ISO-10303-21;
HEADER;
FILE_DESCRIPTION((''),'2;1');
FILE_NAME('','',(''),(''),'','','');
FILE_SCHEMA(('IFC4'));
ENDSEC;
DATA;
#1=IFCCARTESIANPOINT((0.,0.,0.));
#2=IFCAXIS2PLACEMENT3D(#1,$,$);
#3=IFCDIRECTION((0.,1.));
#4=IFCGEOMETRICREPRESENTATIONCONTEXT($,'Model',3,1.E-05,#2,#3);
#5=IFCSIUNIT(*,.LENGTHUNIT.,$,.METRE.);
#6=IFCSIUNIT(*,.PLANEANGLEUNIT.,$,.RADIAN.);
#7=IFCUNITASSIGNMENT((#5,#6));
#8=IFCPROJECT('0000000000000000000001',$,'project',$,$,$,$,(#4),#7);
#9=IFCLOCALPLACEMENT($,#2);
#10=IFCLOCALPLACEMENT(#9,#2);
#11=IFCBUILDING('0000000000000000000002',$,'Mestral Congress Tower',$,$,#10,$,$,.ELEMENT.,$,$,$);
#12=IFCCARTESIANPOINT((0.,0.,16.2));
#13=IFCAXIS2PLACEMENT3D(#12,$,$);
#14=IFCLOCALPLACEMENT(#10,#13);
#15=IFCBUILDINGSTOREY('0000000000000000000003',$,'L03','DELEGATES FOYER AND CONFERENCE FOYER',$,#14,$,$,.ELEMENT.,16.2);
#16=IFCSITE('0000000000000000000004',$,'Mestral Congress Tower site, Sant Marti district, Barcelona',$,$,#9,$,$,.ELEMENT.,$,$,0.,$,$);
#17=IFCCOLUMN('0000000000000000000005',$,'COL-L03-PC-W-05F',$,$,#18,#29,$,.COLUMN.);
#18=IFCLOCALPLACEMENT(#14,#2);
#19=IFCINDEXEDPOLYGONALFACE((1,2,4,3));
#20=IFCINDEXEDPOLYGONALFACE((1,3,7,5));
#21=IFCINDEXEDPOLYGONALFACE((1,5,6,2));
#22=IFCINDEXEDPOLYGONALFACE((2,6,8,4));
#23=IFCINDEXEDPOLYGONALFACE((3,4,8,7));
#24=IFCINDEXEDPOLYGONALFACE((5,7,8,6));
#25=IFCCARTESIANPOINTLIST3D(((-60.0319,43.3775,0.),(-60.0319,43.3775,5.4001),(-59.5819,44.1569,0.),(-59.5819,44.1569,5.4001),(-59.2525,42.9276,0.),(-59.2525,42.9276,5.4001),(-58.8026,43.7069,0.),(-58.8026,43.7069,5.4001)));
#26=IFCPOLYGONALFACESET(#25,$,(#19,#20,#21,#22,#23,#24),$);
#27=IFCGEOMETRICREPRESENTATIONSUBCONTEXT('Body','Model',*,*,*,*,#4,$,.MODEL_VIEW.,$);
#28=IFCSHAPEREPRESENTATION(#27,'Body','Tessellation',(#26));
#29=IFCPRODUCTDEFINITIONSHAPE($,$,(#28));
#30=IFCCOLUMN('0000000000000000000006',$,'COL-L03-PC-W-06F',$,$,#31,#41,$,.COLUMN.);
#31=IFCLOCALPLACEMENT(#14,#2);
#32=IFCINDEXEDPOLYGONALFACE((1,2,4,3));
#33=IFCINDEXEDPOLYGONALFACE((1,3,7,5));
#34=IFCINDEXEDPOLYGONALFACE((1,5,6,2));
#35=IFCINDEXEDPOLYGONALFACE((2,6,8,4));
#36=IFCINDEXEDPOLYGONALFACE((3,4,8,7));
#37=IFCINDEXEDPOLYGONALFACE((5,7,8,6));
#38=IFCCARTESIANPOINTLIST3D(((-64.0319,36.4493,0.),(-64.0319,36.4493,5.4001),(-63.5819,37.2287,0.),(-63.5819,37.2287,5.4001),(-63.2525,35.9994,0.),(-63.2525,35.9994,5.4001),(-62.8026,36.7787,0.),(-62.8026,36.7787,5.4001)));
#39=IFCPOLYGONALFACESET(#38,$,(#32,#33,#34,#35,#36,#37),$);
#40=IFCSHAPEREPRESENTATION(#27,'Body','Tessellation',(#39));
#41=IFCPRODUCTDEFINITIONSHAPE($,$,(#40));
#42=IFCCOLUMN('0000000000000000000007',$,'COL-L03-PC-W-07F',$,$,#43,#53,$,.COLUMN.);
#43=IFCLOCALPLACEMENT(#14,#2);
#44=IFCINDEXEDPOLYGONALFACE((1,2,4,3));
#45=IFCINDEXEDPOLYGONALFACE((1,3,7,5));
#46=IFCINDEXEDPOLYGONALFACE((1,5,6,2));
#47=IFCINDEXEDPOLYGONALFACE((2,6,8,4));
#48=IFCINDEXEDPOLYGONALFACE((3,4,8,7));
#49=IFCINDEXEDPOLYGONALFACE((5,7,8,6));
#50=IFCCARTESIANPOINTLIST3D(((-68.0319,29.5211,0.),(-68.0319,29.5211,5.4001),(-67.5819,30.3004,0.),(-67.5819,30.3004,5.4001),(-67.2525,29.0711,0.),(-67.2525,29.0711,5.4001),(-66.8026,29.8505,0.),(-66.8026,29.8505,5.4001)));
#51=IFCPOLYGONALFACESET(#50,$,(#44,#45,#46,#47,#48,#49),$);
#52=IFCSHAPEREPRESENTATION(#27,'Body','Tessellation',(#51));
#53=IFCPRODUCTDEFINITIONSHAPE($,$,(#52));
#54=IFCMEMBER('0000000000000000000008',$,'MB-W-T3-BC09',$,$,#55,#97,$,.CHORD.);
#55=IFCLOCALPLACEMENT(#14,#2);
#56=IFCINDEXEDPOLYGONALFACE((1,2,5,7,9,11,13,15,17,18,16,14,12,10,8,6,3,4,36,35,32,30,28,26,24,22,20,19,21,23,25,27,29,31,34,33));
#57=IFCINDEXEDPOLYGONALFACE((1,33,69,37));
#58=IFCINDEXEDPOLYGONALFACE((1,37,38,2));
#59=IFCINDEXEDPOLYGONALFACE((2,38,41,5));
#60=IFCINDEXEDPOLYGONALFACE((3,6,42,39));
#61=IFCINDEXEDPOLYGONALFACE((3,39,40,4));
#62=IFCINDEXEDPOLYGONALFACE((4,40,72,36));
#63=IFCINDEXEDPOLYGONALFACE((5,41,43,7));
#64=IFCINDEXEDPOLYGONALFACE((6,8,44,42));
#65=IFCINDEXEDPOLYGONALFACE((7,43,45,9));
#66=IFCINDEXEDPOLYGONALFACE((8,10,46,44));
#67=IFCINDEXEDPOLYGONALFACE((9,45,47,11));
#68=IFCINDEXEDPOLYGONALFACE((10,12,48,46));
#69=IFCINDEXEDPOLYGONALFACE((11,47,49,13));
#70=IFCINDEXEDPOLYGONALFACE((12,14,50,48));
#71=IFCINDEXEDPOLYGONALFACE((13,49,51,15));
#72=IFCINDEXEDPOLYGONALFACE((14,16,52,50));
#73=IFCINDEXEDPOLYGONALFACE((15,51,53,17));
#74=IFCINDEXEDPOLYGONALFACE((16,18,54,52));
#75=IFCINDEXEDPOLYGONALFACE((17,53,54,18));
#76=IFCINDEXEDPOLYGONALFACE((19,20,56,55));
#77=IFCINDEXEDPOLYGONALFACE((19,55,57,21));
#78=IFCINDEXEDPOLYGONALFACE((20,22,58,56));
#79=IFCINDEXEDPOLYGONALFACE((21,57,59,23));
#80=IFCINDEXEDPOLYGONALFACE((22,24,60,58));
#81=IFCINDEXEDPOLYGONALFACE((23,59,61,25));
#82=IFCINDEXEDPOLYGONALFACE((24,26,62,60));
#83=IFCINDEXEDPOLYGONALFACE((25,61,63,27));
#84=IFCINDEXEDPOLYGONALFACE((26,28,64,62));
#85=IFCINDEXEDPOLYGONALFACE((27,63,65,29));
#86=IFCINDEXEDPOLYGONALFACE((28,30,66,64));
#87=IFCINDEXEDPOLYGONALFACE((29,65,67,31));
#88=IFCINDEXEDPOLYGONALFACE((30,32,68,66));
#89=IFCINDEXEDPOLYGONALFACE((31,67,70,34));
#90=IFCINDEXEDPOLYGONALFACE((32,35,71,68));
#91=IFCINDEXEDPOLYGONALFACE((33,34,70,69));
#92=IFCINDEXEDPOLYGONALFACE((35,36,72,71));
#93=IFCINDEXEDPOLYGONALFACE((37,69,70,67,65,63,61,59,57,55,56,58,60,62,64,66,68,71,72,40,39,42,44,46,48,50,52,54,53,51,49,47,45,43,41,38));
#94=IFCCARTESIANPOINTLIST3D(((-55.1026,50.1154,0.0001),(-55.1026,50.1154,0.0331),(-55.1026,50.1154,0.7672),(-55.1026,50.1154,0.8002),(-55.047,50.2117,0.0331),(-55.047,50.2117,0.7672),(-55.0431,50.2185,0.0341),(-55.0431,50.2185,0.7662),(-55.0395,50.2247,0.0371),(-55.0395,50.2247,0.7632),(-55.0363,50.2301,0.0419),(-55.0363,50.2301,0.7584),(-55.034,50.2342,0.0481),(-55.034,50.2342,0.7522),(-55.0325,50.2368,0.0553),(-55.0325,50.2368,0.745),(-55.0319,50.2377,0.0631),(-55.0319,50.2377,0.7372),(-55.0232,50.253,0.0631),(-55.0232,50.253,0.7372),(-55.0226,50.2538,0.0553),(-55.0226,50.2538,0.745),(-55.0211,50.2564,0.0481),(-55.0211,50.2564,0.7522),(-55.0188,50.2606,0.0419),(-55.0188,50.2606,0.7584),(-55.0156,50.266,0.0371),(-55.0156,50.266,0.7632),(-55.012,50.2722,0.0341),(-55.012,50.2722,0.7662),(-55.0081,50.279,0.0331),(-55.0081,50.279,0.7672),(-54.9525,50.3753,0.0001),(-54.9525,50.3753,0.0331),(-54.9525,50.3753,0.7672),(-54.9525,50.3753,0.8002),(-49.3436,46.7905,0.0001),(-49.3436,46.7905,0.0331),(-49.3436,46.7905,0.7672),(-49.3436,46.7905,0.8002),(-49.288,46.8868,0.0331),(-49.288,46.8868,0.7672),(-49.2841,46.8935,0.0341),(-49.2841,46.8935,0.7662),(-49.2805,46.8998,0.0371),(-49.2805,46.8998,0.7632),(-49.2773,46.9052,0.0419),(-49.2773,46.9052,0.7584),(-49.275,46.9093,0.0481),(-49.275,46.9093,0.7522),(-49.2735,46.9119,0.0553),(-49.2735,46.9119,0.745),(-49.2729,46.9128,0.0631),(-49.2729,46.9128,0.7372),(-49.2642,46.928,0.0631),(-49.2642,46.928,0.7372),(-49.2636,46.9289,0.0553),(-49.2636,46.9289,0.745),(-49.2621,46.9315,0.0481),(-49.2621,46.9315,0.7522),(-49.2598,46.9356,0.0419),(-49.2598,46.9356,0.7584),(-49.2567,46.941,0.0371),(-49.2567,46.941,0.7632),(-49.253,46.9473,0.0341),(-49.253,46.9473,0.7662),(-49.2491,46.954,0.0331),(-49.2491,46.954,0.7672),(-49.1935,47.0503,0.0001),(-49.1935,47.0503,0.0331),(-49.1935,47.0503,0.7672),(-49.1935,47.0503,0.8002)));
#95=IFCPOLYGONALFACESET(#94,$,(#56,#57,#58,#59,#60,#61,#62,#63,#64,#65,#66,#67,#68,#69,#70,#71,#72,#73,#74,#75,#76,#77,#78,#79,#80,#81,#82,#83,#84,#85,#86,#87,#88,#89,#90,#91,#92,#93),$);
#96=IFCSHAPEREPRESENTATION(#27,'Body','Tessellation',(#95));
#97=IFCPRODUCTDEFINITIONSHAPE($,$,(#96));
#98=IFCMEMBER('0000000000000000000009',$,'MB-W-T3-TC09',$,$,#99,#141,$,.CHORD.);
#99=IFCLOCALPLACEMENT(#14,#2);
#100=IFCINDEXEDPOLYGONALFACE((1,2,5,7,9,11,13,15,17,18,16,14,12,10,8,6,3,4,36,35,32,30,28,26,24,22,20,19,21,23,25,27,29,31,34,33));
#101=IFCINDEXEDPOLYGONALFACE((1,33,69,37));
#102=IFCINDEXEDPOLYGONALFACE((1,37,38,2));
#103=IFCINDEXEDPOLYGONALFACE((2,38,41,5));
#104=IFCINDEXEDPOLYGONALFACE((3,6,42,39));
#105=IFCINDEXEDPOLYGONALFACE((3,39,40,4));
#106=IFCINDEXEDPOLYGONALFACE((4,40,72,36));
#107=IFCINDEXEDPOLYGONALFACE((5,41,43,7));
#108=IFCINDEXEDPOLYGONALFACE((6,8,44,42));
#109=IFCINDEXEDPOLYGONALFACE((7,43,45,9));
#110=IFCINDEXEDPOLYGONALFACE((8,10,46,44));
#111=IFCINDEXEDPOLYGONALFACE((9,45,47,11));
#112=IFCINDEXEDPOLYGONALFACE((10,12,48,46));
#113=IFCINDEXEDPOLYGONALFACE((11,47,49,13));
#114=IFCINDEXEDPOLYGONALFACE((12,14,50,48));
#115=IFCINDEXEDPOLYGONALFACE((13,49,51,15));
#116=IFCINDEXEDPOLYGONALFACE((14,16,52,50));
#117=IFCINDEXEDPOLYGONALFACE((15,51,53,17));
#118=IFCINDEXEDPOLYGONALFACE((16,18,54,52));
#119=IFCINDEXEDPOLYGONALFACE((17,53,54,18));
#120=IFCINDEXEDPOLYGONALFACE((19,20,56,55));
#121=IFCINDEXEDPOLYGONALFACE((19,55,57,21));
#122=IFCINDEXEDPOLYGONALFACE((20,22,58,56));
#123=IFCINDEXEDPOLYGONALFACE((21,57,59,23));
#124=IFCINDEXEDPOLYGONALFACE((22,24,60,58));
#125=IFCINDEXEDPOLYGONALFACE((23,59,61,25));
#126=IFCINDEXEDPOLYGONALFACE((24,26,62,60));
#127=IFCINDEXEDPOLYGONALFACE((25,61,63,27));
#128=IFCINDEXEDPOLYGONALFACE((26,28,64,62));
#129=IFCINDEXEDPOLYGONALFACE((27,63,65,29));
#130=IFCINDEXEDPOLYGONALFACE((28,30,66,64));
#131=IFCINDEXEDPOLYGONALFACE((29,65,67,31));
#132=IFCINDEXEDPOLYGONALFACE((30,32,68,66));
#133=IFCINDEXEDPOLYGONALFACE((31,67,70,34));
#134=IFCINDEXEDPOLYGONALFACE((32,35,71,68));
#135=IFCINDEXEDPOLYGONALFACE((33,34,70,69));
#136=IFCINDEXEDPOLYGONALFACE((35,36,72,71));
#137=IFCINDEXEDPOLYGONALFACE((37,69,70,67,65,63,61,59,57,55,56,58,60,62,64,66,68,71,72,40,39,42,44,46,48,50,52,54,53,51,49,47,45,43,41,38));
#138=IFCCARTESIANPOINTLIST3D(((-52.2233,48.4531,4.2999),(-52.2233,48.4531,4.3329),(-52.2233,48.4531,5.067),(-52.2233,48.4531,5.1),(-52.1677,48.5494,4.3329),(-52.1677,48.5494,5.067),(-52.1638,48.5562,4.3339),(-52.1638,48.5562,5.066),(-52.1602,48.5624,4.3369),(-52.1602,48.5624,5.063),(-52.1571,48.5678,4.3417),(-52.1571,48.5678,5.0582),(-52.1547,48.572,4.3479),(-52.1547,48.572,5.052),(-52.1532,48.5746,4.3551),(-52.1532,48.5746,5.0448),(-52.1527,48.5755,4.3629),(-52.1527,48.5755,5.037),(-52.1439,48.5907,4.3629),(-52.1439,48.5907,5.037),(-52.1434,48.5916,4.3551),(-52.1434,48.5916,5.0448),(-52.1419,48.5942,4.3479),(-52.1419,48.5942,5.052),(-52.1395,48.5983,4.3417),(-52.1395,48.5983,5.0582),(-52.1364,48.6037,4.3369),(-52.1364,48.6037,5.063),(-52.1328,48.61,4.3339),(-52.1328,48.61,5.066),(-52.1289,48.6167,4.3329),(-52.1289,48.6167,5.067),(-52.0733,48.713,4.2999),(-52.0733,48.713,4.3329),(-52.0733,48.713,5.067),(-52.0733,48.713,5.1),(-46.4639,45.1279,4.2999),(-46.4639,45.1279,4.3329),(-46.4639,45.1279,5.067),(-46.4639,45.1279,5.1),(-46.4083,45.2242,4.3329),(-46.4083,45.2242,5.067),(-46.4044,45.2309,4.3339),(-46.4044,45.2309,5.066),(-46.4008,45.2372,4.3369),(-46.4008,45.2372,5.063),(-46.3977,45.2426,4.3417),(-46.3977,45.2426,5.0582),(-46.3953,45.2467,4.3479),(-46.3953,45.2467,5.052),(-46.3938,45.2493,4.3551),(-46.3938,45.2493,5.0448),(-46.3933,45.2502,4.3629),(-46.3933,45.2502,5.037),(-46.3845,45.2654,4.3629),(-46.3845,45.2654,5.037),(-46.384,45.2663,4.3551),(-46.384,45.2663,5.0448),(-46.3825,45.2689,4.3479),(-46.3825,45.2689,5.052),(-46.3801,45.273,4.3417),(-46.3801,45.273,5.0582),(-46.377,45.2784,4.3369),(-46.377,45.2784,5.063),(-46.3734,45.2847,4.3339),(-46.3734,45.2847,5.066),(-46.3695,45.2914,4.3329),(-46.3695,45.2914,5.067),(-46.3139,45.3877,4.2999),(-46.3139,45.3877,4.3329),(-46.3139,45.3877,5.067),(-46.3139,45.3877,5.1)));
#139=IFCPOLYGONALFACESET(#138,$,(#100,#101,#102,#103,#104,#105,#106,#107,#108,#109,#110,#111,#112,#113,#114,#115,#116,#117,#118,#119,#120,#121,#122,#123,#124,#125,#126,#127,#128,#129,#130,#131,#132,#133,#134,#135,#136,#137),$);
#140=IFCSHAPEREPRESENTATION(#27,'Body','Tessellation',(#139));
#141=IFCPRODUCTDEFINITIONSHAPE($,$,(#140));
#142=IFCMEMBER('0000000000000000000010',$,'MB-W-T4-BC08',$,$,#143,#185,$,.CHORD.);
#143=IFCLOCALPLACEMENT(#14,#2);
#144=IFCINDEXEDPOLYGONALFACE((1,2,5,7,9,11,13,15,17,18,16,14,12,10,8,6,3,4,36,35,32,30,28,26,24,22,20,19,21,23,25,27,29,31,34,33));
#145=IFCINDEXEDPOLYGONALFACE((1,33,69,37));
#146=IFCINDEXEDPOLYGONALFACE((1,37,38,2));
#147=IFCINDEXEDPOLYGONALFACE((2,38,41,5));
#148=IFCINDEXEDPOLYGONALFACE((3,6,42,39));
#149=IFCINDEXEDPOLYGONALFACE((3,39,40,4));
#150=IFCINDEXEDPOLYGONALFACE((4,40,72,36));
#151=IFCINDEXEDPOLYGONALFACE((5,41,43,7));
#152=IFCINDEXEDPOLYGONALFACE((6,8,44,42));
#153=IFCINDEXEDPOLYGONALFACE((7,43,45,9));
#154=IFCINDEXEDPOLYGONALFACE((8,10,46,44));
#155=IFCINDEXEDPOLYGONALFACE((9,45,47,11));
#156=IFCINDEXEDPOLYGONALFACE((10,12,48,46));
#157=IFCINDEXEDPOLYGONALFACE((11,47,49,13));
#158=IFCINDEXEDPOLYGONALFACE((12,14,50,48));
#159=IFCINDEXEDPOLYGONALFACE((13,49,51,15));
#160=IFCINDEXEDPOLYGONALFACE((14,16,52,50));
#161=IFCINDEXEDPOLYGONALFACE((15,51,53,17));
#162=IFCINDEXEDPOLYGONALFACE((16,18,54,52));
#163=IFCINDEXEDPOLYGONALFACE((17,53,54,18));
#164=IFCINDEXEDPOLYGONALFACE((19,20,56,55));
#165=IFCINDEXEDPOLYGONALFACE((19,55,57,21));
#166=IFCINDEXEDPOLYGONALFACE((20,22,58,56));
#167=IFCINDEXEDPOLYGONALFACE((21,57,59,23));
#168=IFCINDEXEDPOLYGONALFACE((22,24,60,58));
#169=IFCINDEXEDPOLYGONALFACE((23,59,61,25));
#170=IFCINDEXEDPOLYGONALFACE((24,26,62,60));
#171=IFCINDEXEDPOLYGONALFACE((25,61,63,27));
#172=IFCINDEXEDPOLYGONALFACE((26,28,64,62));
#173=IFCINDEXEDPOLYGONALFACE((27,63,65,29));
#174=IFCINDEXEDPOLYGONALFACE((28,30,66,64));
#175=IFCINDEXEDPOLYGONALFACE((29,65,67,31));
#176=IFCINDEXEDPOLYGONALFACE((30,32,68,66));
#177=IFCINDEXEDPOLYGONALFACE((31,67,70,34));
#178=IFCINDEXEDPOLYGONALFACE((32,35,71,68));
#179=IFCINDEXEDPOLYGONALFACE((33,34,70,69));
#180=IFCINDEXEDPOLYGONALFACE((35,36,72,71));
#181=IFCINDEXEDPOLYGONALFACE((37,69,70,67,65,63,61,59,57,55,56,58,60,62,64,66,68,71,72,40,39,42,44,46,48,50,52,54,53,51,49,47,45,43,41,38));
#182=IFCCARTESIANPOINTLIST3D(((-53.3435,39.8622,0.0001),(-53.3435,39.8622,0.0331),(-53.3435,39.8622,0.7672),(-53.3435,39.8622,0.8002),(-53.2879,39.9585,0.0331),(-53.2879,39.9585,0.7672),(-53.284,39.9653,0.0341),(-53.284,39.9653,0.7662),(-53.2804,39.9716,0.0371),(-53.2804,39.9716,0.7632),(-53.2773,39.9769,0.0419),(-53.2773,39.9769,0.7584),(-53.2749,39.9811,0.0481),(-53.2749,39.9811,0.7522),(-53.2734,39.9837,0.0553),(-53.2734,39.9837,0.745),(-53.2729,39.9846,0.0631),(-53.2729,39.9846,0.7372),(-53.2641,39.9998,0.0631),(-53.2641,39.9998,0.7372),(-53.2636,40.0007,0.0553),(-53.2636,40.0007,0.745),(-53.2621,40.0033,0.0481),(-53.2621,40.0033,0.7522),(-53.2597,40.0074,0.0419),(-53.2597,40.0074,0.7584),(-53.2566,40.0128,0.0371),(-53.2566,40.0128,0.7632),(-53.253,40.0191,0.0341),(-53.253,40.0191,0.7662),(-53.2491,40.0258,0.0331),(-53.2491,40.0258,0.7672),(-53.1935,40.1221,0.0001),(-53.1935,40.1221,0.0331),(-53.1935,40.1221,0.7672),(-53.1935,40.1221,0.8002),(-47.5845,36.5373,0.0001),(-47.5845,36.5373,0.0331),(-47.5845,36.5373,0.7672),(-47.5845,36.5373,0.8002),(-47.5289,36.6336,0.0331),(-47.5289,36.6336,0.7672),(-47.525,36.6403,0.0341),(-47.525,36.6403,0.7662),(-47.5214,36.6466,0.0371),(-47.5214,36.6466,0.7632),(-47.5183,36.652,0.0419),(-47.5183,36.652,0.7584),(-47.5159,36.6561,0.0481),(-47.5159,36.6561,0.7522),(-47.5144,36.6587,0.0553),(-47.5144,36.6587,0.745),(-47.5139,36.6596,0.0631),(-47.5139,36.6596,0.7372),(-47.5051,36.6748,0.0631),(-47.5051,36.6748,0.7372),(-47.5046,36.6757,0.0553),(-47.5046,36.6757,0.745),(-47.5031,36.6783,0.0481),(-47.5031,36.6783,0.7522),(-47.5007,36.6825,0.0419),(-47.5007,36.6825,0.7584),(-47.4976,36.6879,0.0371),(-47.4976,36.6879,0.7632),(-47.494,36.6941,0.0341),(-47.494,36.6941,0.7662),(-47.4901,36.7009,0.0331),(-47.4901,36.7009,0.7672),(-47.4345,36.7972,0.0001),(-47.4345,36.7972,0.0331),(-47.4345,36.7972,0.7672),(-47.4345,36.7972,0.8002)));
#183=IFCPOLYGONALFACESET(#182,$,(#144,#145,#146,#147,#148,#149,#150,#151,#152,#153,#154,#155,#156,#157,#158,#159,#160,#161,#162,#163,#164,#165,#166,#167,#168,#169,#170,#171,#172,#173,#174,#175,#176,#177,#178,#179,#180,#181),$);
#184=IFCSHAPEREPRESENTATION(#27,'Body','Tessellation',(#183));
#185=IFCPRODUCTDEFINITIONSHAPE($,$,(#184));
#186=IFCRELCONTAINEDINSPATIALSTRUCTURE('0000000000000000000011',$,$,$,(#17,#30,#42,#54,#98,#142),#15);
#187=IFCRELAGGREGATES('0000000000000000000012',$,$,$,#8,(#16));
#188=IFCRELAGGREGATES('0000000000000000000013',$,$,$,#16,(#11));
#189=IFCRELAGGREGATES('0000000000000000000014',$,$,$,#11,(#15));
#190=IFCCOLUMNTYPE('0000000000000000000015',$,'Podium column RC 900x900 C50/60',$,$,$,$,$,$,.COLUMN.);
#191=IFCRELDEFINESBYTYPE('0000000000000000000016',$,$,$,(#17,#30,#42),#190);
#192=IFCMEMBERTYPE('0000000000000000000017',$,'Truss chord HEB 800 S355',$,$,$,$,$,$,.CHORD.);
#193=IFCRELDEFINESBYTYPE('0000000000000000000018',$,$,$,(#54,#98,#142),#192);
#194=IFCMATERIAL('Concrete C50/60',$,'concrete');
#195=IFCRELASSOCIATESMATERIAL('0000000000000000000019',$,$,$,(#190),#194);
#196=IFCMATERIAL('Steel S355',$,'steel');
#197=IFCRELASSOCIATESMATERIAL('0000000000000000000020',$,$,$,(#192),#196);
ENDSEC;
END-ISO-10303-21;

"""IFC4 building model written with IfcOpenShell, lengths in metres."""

from ifc_helpers import new_model, si_unit, direction, frame, origin, origin_2d, place, context, subcontext, project, spatial, rectangle, i_section, extrude, material, material_profile, profile_set, type_object, element, save


model = new_model("IFC4")

# Units and contexts
model_context = context("Model", 3, precision=1e-05, world=origin(), true_north=direction((0.0, 1.0)))
body_context = subcontext(model_context, "Body", "Model", "MODEL_VIEW")
ifc_project = project(units=[si_unit("LENGTHUNIT", "METRE"), si_unit("PLANEANGLEUNIT", "RADIAN")], contexts=[model_context])

# Site, building, storey
site_placement = place(None, origin())
site = spatial("IfcSite", under=ifc_project, at=site_placement, Name="Mestral Congress Tower site, Sant Marti district, Barcelona", CompositionType="ELEMENT", RefElevation=0.0)
building_placement = place(site_placement, origin())
building = spatial("IfcBuilding", under=site, at=building_placement, Name="Mestral Congress Tower", CompositionType="ELEMENT")
storey_placement = place(building_placement, frame((0.0, 0.0, 16.2)))
storey = spatial("IfcBuildingStorey", under=building, at=storey_placement, Name="L03", Description="DELEGATES FOYER AND CONFERENCE FOYER", CompositionType="ELEMENT", Elevation=16.2)

# Columns
ifc_material_1 = material(Name="Concrete C50/60", Category="concrete")
ifc_material_profile_1 = material_profile(ifc_material_1, rectangle(XDim=0.8999, YDim=0.8999, at=origin_2d()), Name="RC 900x900")
ifc_profile_set_1 = profile_set([ifc_material_profile_1], Name="Concrete C50/60")
column_type = type_object("IfcColumnType", Name="Podium column RC 900x900 C50/60", PredefinedType="COLUMN", material=ifc_profile_set_1)
for number, where, z_axis, x_axis, name in (
    (1, (-59.4172, 43.5422, 0.0), (0.0, 0.0, 1.0), (-0.5, -0.866025, 0.0), "COL-L03-PC-W-05F"),
    (2, (-63.4172, 36.614, 0.0), (0.0, 0.0, 1.0), (-0.5, -0.866025, 0.0), "COL-L03-PC-W-06F"),
    (3, (-67.4172, 29.6858, 0.0), (0.0, 0.0, 1.0), (-0.5, -0.866025, 0.0), "COL-L03-PC-W-07F"),
):
    element("IfcColumn", number, at=place(storey_placement, frame(where, z_axis=z_axis, x_axis=x_axis)), inside=storey, type_object=column_type, Name=name, PredefinedType="COLUMN", context=body_context, shape_type="SweptSolid", body=[
        extrude(rectangle(XDim=0.8999, YDim=0.8999, at=origin_2d()), origin(), (0.0, 0.0, 1.0), 5.4001),
    ])

# Members
ifc_material_2 = material(Name="Steel S355", Category="steel")
ifc_material_profile_2 = material_profile(ifc_material_2, i_section(OverallWidth=0.3, OverallDepth=0.8, WebThickness=0.0176, FlangeThickness=0.033, FilletRadius=0.03, at=origin_2d()), Name="HEB 800")
ifc_profile_set_2 = profile_set([ifc_material_profile_2], Name="Steel S355")
member_type_1 = type_object("IfcMemberType", Name="Truss chord HEB 800 S355", PredefinedType="CHORD", material=ifc_profile_set_2)
member_1_placement = place(storey_placement, frame((-49.2686, 46.9204, 0.4001), z_axis=(-0.866027, 0.499997, 0.0), x_axis=(-0.499997, -0.866027, 0.0)))
element("IfcMember", 4, at=member_1_placement, inside=storey, type_object=member_type_1, Name="MB-W-T3-BC09", PredefinedType="CHORD", context=body_context, shape_type="SweptSolid", body=[
    extrude(i_section(OverallWidth=0.3, OverallDepth=0.8, WebThickness=0.0176, FlangeThickness=0.033, FilletRadius=0.03, at=origin_2d()), origin(), (0.0, 0.0, 1.0), 6.6499),
])
member_2_placement = place(storey_placement, frame((-46.3889, 45.2578, 4.7), z_axis=(-0.866021, 0.500008, 0.0), x_axis=(-0.500008, -0.866021, 0.0)))
element("IfcMember", 5, at=member_2_placement, inside=storey, type_object=member_type_1, Name="MB-W-T3-TC09", PredefinedType="CHORD", context=body_context, shape_type="SweptSolid", body=[
    extrude(i_section(OverallWidth=0.3, OverallDepth=0.8, WebThickness=0.0176, FlangeThickness=0.033, FilletRadius=0.03, at=origin_2d()), origin(), (0.0, 0.0, 1.0), 6.6504),
])
for number, where, z_axis, x_axis, name in (
    (6, (-47.5095, 36.6672, 0.4001), (-0.866027, 0.499997, 0.0), (-0.499997, -0.866027, 0.0), "MB-W-T4-BC08"),
):
    element("IfcMember", number, at=place(storey_placement, frame(where, z_axis=z_axis, x_axis=x_axis)), inside=storey, type_object=member_type_1, Name=name, PredefinedType="CHORD", context=body_context, shape_type="SweptSolid", body=[
        extrude(i_section(OverallWidth=0.3, OverallDepth=0.8, WebThickness=0.0176, FlangeThickness=0.033, FilletRadius=0.03, at=origin_2d()), origin(), (0.0, 0.0, 1.0), 6.6499),
    ])

save(model, "model.ifc")
